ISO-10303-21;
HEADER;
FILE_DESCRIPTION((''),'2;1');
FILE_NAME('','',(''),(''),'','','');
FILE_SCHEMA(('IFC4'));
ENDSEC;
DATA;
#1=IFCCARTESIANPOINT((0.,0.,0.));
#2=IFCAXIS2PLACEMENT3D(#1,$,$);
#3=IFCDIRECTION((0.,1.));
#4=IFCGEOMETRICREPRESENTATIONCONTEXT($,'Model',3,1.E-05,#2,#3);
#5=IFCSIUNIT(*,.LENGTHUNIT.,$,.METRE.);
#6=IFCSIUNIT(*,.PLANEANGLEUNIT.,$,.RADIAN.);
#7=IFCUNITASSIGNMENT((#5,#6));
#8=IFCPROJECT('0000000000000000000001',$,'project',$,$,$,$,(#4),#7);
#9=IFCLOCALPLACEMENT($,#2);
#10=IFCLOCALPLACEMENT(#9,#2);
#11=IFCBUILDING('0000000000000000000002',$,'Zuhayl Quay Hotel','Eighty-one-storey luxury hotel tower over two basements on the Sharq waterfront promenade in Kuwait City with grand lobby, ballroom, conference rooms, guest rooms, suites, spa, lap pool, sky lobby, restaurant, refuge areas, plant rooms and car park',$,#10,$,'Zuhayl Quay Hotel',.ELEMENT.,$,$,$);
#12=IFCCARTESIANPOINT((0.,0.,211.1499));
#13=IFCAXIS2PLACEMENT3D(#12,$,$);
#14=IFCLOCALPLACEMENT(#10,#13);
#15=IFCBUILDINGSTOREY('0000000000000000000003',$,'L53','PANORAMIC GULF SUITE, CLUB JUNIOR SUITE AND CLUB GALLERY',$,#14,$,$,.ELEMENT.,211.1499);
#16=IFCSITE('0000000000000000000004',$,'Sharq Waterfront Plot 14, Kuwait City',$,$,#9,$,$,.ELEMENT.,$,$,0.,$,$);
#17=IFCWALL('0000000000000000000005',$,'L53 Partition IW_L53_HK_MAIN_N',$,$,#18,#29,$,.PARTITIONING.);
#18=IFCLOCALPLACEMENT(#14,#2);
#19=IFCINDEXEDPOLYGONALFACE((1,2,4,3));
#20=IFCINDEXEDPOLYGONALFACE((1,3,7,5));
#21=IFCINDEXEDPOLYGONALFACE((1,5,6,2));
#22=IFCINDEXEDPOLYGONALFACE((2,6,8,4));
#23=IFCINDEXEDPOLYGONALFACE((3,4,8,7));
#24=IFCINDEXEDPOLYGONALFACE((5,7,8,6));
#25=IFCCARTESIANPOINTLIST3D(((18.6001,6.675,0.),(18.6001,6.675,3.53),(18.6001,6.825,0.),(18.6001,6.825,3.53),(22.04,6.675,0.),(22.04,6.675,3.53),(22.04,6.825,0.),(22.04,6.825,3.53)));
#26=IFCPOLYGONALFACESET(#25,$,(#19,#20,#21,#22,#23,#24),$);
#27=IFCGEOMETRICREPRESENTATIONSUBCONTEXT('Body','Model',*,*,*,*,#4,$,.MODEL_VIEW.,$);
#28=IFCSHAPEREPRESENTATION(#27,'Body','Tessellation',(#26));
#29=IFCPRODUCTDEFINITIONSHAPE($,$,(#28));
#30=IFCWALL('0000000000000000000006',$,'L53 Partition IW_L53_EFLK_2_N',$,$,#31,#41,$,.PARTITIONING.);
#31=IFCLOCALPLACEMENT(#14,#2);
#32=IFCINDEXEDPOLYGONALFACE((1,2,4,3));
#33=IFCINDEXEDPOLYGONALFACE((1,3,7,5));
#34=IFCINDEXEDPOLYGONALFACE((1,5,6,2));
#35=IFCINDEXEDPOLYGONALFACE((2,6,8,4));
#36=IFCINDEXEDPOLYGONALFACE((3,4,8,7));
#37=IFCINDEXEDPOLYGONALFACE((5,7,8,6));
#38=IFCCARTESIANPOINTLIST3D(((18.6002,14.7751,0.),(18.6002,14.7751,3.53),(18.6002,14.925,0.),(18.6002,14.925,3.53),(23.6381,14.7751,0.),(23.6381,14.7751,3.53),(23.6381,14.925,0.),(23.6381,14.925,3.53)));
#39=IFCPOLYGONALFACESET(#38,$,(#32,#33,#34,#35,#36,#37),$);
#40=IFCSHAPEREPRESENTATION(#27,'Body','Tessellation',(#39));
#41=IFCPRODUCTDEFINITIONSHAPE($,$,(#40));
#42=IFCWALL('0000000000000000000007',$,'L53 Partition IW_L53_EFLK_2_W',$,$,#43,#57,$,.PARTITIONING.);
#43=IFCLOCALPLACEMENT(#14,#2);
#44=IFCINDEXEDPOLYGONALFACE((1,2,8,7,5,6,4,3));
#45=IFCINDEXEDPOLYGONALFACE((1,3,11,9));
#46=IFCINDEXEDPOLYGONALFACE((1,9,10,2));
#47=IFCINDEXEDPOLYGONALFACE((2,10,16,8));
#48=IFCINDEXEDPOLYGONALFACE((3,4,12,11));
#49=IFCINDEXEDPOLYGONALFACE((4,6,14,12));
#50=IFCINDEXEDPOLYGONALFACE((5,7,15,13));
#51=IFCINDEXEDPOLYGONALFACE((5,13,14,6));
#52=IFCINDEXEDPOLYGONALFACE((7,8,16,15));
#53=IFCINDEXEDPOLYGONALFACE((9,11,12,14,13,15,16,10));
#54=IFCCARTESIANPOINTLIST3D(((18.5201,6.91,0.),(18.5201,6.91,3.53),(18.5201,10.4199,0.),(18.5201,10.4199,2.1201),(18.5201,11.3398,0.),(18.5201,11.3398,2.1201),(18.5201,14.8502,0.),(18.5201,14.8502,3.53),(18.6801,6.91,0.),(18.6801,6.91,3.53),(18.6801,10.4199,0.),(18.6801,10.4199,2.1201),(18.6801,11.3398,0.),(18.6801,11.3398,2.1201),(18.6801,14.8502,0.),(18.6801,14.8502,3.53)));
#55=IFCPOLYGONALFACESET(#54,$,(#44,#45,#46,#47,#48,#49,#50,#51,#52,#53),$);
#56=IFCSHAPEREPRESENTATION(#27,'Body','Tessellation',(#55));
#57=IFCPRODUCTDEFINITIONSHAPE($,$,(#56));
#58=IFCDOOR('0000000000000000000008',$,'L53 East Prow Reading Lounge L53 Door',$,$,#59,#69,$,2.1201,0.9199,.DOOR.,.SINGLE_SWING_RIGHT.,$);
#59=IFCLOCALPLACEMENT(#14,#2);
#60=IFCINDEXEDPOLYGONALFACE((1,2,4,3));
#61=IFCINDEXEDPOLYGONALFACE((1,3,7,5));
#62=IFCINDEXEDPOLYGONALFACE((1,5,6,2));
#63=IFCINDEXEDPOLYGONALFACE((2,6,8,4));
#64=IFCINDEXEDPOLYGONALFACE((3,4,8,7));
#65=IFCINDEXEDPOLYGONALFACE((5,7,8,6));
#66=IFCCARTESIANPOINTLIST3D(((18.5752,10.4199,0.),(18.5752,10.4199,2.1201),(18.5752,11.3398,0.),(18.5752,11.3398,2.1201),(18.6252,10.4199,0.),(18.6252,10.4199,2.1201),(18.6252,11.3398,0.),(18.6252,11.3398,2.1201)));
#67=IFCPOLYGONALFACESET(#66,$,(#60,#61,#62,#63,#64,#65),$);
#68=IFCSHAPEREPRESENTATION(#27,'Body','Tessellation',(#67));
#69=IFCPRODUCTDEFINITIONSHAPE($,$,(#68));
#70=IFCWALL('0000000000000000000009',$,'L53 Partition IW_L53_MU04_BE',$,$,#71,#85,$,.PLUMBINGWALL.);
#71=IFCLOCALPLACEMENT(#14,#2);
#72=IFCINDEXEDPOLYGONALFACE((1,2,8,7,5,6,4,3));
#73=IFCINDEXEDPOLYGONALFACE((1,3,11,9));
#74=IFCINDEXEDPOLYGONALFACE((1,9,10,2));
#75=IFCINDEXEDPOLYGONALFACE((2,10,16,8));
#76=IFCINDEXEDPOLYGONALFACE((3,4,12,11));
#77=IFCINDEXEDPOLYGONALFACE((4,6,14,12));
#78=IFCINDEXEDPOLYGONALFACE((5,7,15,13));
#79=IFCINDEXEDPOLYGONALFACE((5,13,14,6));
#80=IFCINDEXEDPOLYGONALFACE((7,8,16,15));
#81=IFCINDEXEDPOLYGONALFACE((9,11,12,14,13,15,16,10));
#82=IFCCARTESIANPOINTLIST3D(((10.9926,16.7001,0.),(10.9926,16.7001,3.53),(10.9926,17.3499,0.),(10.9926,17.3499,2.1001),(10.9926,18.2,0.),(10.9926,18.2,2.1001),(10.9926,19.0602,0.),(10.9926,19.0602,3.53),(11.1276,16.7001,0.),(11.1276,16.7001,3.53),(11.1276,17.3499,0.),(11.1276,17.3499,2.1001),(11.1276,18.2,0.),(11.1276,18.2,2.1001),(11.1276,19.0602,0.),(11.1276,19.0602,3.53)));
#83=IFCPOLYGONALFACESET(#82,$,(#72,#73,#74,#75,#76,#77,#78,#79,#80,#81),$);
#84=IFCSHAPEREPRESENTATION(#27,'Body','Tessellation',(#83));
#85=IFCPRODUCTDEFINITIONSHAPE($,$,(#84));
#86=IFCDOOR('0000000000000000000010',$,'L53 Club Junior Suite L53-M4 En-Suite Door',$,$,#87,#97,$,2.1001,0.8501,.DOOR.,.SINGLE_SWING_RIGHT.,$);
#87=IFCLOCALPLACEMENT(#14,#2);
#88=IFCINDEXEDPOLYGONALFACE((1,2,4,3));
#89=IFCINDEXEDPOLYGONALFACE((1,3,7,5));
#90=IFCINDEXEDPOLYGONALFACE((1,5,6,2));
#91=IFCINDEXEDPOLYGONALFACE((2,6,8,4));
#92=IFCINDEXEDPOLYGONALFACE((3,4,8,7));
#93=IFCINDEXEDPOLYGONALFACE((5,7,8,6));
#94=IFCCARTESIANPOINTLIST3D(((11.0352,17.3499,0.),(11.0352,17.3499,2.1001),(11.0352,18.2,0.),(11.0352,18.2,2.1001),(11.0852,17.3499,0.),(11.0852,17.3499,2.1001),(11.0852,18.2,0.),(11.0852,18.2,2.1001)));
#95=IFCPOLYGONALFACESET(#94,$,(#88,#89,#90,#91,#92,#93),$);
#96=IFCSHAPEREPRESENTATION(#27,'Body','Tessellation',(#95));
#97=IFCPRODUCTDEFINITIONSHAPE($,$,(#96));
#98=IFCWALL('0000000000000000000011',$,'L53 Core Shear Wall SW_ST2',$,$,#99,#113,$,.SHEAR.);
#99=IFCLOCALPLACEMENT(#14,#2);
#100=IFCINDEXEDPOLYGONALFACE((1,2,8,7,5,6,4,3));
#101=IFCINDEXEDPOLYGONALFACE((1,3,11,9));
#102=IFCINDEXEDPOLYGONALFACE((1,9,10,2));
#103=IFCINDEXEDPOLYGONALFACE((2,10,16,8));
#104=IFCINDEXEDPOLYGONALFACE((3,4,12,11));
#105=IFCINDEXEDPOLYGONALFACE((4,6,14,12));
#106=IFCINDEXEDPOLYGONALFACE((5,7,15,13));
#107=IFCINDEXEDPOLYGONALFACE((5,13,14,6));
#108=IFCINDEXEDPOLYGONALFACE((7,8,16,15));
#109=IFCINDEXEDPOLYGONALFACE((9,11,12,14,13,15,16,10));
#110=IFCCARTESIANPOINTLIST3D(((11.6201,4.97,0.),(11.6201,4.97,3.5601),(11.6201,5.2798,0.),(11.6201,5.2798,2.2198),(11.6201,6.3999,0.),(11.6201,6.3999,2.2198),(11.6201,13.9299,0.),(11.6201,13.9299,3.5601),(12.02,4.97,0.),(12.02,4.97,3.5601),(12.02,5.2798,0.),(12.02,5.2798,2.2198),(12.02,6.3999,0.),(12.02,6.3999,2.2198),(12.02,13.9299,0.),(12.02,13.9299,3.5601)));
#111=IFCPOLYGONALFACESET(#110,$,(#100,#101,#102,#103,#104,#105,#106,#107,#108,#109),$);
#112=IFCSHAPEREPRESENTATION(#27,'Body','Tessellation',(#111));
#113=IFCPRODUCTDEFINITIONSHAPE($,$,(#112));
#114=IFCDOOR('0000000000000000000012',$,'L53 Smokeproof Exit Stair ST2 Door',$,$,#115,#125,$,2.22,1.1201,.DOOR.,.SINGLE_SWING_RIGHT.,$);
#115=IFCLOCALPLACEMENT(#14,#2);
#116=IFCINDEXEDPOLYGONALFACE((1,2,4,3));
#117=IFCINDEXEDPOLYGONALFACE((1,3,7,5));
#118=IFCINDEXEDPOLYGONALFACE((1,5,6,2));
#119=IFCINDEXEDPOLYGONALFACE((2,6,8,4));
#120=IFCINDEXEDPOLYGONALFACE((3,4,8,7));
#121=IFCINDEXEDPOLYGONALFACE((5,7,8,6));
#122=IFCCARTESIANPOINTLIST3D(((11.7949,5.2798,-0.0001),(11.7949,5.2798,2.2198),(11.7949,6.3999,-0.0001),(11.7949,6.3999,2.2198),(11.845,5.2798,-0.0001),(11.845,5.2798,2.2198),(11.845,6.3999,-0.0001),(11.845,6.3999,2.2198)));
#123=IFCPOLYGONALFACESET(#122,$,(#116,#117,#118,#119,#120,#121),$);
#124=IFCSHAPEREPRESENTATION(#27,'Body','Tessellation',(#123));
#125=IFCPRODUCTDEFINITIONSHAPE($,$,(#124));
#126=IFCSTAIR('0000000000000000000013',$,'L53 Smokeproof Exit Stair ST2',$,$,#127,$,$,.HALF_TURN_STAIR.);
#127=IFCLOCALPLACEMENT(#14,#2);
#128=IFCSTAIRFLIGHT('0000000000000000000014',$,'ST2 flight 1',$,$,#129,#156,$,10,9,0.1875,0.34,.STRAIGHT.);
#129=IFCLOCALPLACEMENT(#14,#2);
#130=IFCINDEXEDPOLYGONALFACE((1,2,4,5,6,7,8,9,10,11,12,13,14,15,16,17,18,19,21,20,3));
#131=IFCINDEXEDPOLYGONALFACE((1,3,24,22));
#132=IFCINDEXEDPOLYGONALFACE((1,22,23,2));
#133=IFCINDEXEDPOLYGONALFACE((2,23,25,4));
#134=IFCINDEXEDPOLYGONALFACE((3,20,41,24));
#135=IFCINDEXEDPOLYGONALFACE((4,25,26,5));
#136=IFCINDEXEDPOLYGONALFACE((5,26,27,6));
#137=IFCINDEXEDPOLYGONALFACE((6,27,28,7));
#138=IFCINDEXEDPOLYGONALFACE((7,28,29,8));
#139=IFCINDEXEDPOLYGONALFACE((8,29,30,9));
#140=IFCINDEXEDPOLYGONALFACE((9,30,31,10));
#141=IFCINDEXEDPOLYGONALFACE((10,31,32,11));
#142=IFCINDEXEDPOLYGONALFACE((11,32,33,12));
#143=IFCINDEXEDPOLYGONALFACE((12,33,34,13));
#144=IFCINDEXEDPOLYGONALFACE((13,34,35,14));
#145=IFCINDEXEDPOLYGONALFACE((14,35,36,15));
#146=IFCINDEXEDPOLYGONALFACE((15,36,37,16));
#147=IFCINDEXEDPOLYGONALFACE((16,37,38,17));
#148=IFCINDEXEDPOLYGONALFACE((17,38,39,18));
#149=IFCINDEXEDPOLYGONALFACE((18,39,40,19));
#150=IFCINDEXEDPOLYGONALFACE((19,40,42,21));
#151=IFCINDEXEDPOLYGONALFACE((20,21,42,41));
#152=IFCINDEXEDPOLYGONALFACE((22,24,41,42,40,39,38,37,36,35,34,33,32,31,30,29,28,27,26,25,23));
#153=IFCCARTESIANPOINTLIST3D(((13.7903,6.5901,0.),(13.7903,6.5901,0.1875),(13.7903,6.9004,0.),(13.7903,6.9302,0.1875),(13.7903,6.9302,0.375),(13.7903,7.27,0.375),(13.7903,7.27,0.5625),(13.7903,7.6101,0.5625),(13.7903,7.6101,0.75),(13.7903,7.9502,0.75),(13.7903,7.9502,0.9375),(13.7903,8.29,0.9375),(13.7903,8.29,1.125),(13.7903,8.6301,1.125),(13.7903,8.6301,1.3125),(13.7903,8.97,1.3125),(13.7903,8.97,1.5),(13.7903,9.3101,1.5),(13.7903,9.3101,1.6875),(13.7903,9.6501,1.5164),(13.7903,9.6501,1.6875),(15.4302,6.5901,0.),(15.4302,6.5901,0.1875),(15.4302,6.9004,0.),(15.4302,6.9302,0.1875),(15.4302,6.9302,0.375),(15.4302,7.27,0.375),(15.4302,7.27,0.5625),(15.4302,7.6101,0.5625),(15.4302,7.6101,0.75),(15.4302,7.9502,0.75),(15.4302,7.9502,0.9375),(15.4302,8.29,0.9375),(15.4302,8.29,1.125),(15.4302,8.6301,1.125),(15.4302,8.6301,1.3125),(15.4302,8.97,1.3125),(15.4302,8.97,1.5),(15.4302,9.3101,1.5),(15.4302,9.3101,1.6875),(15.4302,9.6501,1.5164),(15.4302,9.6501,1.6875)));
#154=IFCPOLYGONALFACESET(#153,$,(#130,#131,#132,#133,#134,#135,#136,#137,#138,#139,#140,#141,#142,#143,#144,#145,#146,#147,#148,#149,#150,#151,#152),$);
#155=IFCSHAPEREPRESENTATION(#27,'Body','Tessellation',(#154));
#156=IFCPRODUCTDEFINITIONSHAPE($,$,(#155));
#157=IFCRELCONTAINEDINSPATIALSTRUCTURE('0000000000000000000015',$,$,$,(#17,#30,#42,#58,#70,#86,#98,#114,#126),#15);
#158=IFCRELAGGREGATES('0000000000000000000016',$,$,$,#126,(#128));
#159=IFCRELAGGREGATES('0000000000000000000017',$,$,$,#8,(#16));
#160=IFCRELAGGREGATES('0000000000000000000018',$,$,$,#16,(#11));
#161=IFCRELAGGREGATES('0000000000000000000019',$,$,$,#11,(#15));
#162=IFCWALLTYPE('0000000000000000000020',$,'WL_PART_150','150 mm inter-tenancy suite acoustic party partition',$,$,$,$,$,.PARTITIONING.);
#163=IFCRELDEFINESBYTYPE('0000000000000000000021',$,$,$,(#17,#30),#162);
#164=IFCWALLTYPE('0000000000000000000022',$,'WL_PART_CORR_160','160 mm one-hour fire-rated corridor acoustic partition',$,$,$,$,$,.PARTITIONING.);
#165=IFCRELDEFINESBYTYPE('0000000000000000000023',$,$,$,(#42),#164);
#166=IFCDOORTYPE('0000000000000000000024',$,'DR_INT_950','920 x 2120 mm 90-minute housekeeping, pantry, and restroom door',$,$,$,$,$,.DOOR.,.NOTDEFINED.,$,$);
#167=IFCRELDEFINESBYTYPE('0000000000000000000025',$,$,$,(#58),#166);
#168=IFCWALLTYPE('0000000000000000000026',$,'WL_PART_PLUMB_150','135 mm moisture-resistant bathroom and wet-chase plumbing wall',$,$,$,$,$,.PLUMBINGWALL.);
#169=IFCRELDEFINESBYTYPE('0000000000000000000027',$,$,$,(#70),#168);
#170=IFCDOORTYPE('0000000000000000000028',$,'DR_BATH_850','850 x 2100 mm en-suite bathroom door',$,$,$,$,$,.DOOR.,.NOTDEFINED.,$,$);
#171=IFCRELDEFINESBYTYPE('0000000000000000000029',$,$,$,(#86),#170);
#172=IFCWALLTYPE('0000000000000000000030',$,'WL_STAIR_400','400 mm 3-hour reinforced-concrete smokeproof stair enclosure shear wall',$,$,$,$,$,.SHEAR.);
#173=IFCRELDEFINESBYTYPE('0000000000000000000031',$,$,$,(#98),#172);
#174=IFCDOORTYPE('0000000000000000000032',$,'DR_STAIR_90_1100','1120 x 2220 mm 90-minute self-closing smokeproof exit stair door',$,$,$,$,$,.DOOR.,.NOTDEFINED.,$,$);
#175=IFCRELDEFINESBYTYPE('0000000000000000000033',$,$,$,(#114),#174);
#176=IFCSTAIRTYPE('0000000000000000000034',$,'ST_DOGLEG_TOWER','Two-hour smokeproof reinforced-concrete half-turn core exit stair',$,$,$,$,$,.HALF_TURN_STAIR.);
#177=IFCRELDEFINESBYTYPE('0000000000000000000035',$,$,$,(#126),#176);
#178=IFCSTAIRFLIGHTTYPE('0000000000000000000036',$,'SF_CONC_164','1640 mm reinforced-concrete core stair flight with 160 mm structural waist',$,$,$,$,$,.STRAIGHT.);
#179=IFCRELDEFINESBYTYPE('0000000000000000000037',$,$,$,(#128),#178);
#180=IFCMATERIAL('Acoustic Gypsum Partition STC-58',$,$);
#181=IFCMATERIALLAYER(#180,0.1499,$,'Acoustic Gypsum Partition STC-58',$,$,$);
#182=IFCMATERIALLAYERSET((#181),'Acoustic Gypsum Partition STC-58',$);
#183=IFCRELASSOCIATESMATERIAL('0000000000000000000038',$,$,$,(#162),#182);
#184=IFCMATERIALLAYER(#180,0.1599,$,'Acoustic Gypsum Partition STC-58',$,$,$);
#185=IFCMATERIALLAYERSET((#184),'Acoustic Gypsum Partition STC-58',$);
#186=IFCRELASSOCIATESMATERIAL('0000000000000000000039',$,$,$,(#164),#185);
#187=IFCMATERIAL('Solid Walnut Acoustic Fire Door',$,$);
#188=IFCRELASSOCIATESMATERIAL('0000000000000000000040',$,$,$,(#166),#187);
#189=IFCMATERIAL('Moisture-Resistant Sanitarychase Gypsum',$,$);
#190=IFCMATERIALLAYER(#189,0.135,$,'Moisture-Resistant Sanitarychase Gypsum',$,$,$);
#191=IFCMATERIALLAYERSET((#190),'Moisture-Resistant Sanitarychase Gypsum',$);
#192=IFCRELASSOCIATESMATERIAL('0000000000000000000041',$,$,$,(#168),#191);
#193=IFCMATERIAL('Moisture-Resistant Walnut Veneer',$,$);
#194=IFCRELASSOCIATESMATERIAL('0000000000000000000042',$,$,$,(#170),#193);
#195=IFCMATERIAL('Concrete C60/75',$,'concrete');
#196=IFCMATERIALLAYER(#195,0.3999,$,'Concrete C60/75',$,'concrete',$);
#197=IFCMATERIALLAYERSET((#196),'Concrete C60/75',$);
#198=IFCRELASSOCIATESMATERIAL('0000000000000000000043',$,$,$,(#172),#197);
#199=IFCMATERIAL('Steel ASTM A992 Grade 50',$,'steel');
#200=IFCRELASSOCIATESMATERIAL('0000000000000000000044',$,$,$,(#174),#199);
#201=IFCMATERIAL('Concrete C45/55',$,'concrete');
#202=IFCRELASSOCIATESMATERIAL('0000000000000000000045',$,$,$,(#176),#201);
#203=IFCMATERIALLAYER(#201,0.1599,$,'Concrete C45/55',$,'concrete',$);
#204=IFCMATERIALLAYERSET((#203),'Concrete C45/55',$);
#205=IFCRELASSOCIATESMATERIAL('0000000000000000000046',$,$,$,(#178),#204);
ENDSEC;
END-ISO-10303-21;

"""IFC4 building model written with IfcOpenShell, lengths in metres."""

from ifc_helpers import new_model, si_unit, direction, frame, frame_2d, origin, place, context, subcontext, project, spatial, polyline, rectangle, outline, extrude, material, layer, layer_set, type_object, element, fill, aggregate, save


model = new_model("IFC4")

# Units and contexts
model_context = context("Model", 3, precision=1e-05, world=origin(), true_north=direction((0.0, 1.0)))
body_context = subcontext(model_context, "Body", "Model", "MODEL_VIEW")
ifc_project = project(units=[si_unit("LENGTHUNIT", "METRE"), si_unit("PLANEANGLEUNIT", "RADIAN")], contexts=[model_context])

# Site, building, storey
site_placement = place(None, origin())
site = spatial("IfcSite", under=ifc_project, at=site_placement, Name="Sharq Waterfront Plot 14, Kuwait City", CompositionType="ELEMENT", RefElevation=0.0)
building_placement = place(site_placement, origin())
building = spatial("IfcBuilding", under=site, at=building_placement, Name="Zuhayl Quay Hotel", Description="Eighty-one-storey luxury hotel tower over two basements on the Sharq waterfront promenade in Kuwait City with grand lobby, ballroom, conference rooms, guest rooms, suites, spa, lap pool, sky lobby, restaurant, refuge areas, plant rooms and car park", LongName="Zuhayl Quay Hotel", CompositionType="ELEMENT")
storey_placement = place(building_placement, frame((0.0, 0.0, 211.1499)))
storey = spatial("IfcBuildingStorey", under=building, at=storey_placement, Name="L53", Description="PANORAMIC GULF SUITE, CLUB JUNIOR SUITE AND CLUB GALLERY", CompositionType="ELEMENT", Elevation=211.1499)

# Shared definitions
ifc_material_1 = material(Name="Concrete C60/75", Category="concrete")

# Shared definitions
ifc_material_2 = material(Name="Steel ASTM A992 Grade 50", Category="steel")

# Walls
ifc_material_3 = material(Name="Acoustic Gypsum Partition STC-58")
ifc_layer_1 = layer(ifc_material_3, 0.1499, Name="Acoustic Gypsum Partition STC-58")
ifc_layer_set_1 = layer_set([ifc_layer_1], Name="Acoustic Gypsum Partition STC-58")
wall_type_1 = type_object("IfcWallType", Name="WL_PART_150", Description="150 mm inter-tenancy suite acoustic party partition", PredefinedType="PARTITIONING", material=ifc_layer_set_1)
wall_1_placement = place(storey_placement, frame((18.6001, 6.75, 0.0), z_axis=(0.0, 0.0, 1.0), x_axis=(1.0, 0.0, 0.0)))
element("IfcWall", 1, at=wall_1_placement, inside=storey, type_object=wall_type_1, Name="L53 Partition IW_L53_HK_MAIN_N", PredefinedType="PARTITIONING", context=body_context, shape_type="SweptSolid", body=[
    extrude(rectangle(XDim=3.4399, YDim=0.1499, at=frame_2d((1.72, 0.0))), origin(), (0.0, 0.0, 1.0), 3.53),
])
wall_2_placement = place(storey_placement, frame((18.6001, 14.8501, 0.0), z_axis=(0.0, 0.0, 1.0), x_axis=(1.0, 0.0, 0.0)))
element("IfcWall", 2, at=wall_2_placement, inside=storey, type_object=wall_type_1, Name="L53 Partition IW_L53_EFLK_2_N", PredefinedType="PARTITIONING", context=body_context, shape_type="SweptSolid", body=[
    extrude(rectangle(XDim=5.0378, YDim=0.1499, at=frame_2d((2.519, 0.0))), origin(), (0.0, 0.0, 1.0), 3.53),
])

# Walls, openings, doors
ifc_layer_2 = layer(ifc_material_3, 0.1599, Name="Acoustic Gypsum Partition STC-58")
ifc_layer_set_2 = layer_set([ifc_layer_2], Name="Acoustic Gypsum Partition STC-58")
wall_type_2 = type_object("IfcWallType", Name="WL_PART_CORR_160", Description="160 mm one-hour fire-rated corridor acoustic partition", PredefinedType="PARTITIONING", material=ifc_layer_set_2)
wall_3_placement = place(storey_placement, frame((18.6001, 6.9099, 0.0), z_axis=(0.0, 0.0, 1.0), x_axis=(0.0, 1.0, 0.0)))
wall_3 = element("IfcWall", 3, at=wall_3_placement, inside=storey, type_object=wall_type_2, Name="L53 Partition IW_L53_EFLK_2_W", PredefinedType="PARTITIONING", context=body_context, shape_type="SweptSolid", body=[
    extrude(rectangle(XDim=7.9402, YDim=0.1599, at=frame_2d((3.9702, 0.0))), origin(), (0.0, 0.0, 1.0), 3.53),
])
opening_1_placement = place(wall_3_placement, frame((3.51, 0.0, 0.0)))
opening_1 = element("IfcOpeningElement", 4, at=opening_1_placement, cuts=wall_3, PredefinedType="OPENING", context=body_context, shape_type="SweptSolid", body=[
    extrude(rectangle(XDim=0.9199, YDim=2.1201, at=frame_2d((0.46, 1.0601))), frame((0.0, 0.0898, 0.0), z_axis=(0.0, -1.0, 0.0), x_axis=(1.0, 0.0, 0.0)), (0.0, 0.0, 1.0), 0.1799),
])
ifc_material_4 = material(Name="Solid Walnut Acoustic Fire Door")
door_type_1 = type_object("IfcDoorType", Name="DR_INT_950", Description="920 x 2120 mm 90-minute housekeeping, pantry, and restroom door", OperationType="NOTDEFINED", PredefinedType="DOOR", material=ifc_material_4)
door_1_placement = place(opening_1_placement, origin())
door_1 = element("IfcDoor", 5, at=door_1_placement, inside=storey, type_object=door_type_1, Name="L53 East Prow Reading Lounge L53 Door", OperationType="SINGLE_SWING_RIGHT", OverallHeight=2.1201, OverallWidth=0.9199, PredefinedType="DOOR", context=body_context, shape_type="SweptSolid", body=[
    extrude(rectangle(XDim=0.9199, YDim=2.1201, at=frame_2d((0.46, 1.0601))), frame((0.0, 0.0249, 0.0), z_axis=(0.0, -1.0, 0.0), x_axis=(1.0, 0.0, 0.0)), (0.0, 0.0, 1.0), 0.05),
])
fill(opening_1, door_1)
ifc_material_5 = material(Name="Moisture-Resistant Sanitarychase Gypsum")
ifc_layer_3 = layer(ifc_material_5, 0.135, Name="Moisture-Resistant Sanitarychase Gypsum")
ifc_layer_set_3 = layer_set([ifc_layer_3], Name="Moisture-Resistant Sanitarychase Gypsum")
wall_type_3 = type_object("IfcWallType", Name="WL_PART_PLUMB_150", Description="135 mm moisture-resistant bathroom and wet-chase plumbing wall", PredefinedType="PLUMBINGWALL", material=ifc_layer_set_3)
wall_4_placement = place(storey_placement, frame((11.0601, 16.7, 0.0), z_axis=(0.0, 0.0, 1.0), x_axis=(0.0, 1.0, 0.0)))
wall_4 = element("IfcWall", 6, at=wall_4_placement, inside=storey, type_object=wall_type_3, Name="L53 Partition IW_L53_MU04_BE", PredefinedType="PLUMBINGWALL", context=body_context, shape_type="SweptSolid", body=[
    extrude(rectangle(XDim=2.3601, YDim=0.135, at=frame_2d((1.1802, 0.0))), origin(), (0.0, 0.0, 1.0), 3.53),
])
opening_2_placement = place(wall_4_placement, frame((0.6499, 0.0, 0.0)))
opening_2 = element("IfcOpeningElement", 7, at=opening_2_placement, cuts=wall_4, PredefinedType="OPENING", context=body_context, shape_type="SweptSolid", body=[
    extrude(rectangle(XDim=0.8501, YDim=2.1001, at=frame_2d((0.425, 1.05))), frame((0.0, 0.0774, 0.0), z_axis=(0.0, -1.0, 0.0), x_axis=(1.0, 0.0, 0.0)), (0.0, 0.0, 1.0), 0.155),
])
ifc_material_6 = material(Name="Moisture-Resistant Walnut Veneer")
door_type_2 = type_object("IfcDoorType", Name="DR_BATH_850", Description="850 x 2100 mm en-suite bathroom door", OperationType="NOTDEFINED", PredefinedType="DOOR", material=ifc_material_6)
door_2_placement = place(opening_2_placement, origin())
door_2 = element("IfcDoor", 8, at=door_2_placement, inside=storey, type_object=door_type_2, Name="L53 Club Junior Suite L53-M4 En-Suite Door", OperationType="SINGLE_SWING_RIGHT", OverallHeight=2.1001, OverallWidth=0.8501, PredefinedType="DOOR", context=body_context, shape_type="SweptSolid", body=[
    extrude(rectangle(XDim=0.8501, YDim=2.1001, at=frame_2d((0.425, 1.05))), frame((0.0, 0.0249, 0.0), z_axis=(0.0, -1.0, 0.0), x_axis=(1.0, 0.0, 0.0)), (0.0, 0.0, 1.0), 0.05),
])
fill(opening_2, door_2)
ifc_layer_4 = layer(ifc_material_1, 0.3999, Name="Concrete C60/75", Category="concrete")
ifc_layer_set_4 = layer_set([ifc_layer_4], Name="Concrete C60/75")
wall_type_4 = type_object("IfcWallType", Name="WL_STAIR_400", Description="400 mm 3-hour reinforced-concrete smokeproof stair enclosure shear wall", PredefinedType="SHEAR", material=ifc_layer_set_4)
wall_5_placement = place(storey_placement, frame((11.8201, 13.9299, 0.0), z_axis=(0.0, 0.0, 1.0), x_axis=(0.0, -1.0, 0.0)))
wall_5 = element("IfcWall", 9, at=wall_5_placement, inside=storey, type_object=wall_type_4, Name="L53 Core Shear Wall SW_ST2", PredefinedType="SHEAR", context=body_context, shape_type="SweptSolid", body=[
    extrude(rectangle(XDim=8.96, YDim=0.3999, at=frame_2d((4.48, 0.0))), origin(), (0.0, 0.0, 1.0), 3.5601),
])
opening_3_placement = place(wall_5_placement, frame((7.53, 0.0, 0.0)))
opening_3 = element("IfcOpeningElement", 10, at=opening_3_placement, cuts=wall_5, PredefinedType="OPENING", context=body_context, shape_type="SweptSolid", body=[
    extrude(rectangle(XDim=1.1201, YDim=2.22, at=frame_2d((0.5601, 1.1099))), frame((0.0, 0.21, 0.0), z_axis=(0.0, -1.0, 0.0), x_axis=(1.0, 0.0, 0.0)), (0.0, 0.0, 1.0), 0.4199),
])
door_type_3 = type_object("IfcDoorType", Name="DR_STAIR_90_1100", Description="1120 x 2220 mm 90-minute self-closing smokeproof exit stair door", OperationType="NOTDEFINED", PredefinedType="DOOR", material=ifc_material_2)
door_3_placement = place(opening_3_placement, origin())
door_3 = element("IfcDoor", 11, at=door_3_placement, inside=storey, type_object=door_type_3, Name="L53 Smokeproof Exit Stair ST2 Door", OperationType="SINGLE_SWING_RIGHT", OverallHeight=2.22, OverallWidth=1.1201, PredefinedType="DOOR", context=body_context, shape_type="SweptSolid", body=[
    extrude(rectangle(XDim=1.1201, YDim=2.22, at=frame_2d((0.5601, 1.1099))), frame((0.0, 0.0249, 0.0), z_axis=(0.0, -1.0, 0.0), x_axis=(1.0, 0.0, 0.0)), (0.0, 0.0, 1.0), 0.05),
])
fill(opening_3, door_3)

# Stair, stair flight
ifc_material_7 = material(Name="Concrete C45/55", Category="concrete")
stair_type = type_object("IfcStairType", Name="ST_DOGLEG_TOWER", Description="Two-hour smokeproof reinforced-concrete half-turn core exit stair", PredefinedType="HALF_TURN_STAIR", material=ifc_material_7)
stair_placement = place(storey_placement, origin())
stair = element("IfcStair", 12, at=stair_placement, inside=storey, type_object=stair_type, Name="L53 Smokeproof Exit Stair ST2", PredefinedType="HALF_TURN_STAIR")
ifc_layer_5 = layer(ifc_material_7, 0.1599, Name="Concrete C45/55", Category="concrete")
ifc_layer_set_5 = layer_set([ifc_layer_5], Name="Concrete C45/55")
stair_flight_type = type_object("IfcStairFlightType", Name="SF_CONC_164", Description="1640 mm reinforced-concrete core stair flight with 160 mm structural waist", PredefinedType="STRAIGHT", material=ifc_layer_set_5)
stair_flight_1_placement = place(storey_placement, frame((14.6101, 6.5901, 0.0), z_axis=(0.0, 0.0, 1.0), x_axis=(0.0, 1.0, 0.0)))
stair_flight_1 = element("IfcStairFlight", 13, at=stair_flight_1_placement, type_object=stair_flight_type, Name="ST2 flight 1", NumberOfRisers=10, NumberOfTreads=9, PredefinedType="STRAIGHT", RiserHeight=0.1875, TreadLength=0.34, context=body_context, shape_type="SweptSolid", body=[
    extrude(outline(polyline([(0.0, 0.0), (0.0, 0.1875), (0.3401, 0.1875), (0.3401, 0.375), (0.6799, 0.375), (0.6799, 0.5625), (1.02, 0.5625), (1.02, 0.75), (1.3601, 0.75), (1.3601, 0.9375), (1.7, 0.9375), (1.7, 1.125), (2.04, 1.125), (2.04, 1.3125), (2.3799, 1.3125), (2.3799, 1.5), (2.72, 1.5), (2.72, 1.6875), (3.0601, 1.6875), (3.0601, 1.875), (3.0601, 1.5164), (0.3103, 0.0), (0.0, 0.0)])), frame((0.0, 0.8198, 0.0), z_axis=(0.0, -1.0, 0.0), x_axis=(1.0, 0.0, 0.0)), (0.0, 0.0, 1.0), 1.6399),
])
aggregate(stair, [stair_flight_1])

save(model, "model.ifc")
